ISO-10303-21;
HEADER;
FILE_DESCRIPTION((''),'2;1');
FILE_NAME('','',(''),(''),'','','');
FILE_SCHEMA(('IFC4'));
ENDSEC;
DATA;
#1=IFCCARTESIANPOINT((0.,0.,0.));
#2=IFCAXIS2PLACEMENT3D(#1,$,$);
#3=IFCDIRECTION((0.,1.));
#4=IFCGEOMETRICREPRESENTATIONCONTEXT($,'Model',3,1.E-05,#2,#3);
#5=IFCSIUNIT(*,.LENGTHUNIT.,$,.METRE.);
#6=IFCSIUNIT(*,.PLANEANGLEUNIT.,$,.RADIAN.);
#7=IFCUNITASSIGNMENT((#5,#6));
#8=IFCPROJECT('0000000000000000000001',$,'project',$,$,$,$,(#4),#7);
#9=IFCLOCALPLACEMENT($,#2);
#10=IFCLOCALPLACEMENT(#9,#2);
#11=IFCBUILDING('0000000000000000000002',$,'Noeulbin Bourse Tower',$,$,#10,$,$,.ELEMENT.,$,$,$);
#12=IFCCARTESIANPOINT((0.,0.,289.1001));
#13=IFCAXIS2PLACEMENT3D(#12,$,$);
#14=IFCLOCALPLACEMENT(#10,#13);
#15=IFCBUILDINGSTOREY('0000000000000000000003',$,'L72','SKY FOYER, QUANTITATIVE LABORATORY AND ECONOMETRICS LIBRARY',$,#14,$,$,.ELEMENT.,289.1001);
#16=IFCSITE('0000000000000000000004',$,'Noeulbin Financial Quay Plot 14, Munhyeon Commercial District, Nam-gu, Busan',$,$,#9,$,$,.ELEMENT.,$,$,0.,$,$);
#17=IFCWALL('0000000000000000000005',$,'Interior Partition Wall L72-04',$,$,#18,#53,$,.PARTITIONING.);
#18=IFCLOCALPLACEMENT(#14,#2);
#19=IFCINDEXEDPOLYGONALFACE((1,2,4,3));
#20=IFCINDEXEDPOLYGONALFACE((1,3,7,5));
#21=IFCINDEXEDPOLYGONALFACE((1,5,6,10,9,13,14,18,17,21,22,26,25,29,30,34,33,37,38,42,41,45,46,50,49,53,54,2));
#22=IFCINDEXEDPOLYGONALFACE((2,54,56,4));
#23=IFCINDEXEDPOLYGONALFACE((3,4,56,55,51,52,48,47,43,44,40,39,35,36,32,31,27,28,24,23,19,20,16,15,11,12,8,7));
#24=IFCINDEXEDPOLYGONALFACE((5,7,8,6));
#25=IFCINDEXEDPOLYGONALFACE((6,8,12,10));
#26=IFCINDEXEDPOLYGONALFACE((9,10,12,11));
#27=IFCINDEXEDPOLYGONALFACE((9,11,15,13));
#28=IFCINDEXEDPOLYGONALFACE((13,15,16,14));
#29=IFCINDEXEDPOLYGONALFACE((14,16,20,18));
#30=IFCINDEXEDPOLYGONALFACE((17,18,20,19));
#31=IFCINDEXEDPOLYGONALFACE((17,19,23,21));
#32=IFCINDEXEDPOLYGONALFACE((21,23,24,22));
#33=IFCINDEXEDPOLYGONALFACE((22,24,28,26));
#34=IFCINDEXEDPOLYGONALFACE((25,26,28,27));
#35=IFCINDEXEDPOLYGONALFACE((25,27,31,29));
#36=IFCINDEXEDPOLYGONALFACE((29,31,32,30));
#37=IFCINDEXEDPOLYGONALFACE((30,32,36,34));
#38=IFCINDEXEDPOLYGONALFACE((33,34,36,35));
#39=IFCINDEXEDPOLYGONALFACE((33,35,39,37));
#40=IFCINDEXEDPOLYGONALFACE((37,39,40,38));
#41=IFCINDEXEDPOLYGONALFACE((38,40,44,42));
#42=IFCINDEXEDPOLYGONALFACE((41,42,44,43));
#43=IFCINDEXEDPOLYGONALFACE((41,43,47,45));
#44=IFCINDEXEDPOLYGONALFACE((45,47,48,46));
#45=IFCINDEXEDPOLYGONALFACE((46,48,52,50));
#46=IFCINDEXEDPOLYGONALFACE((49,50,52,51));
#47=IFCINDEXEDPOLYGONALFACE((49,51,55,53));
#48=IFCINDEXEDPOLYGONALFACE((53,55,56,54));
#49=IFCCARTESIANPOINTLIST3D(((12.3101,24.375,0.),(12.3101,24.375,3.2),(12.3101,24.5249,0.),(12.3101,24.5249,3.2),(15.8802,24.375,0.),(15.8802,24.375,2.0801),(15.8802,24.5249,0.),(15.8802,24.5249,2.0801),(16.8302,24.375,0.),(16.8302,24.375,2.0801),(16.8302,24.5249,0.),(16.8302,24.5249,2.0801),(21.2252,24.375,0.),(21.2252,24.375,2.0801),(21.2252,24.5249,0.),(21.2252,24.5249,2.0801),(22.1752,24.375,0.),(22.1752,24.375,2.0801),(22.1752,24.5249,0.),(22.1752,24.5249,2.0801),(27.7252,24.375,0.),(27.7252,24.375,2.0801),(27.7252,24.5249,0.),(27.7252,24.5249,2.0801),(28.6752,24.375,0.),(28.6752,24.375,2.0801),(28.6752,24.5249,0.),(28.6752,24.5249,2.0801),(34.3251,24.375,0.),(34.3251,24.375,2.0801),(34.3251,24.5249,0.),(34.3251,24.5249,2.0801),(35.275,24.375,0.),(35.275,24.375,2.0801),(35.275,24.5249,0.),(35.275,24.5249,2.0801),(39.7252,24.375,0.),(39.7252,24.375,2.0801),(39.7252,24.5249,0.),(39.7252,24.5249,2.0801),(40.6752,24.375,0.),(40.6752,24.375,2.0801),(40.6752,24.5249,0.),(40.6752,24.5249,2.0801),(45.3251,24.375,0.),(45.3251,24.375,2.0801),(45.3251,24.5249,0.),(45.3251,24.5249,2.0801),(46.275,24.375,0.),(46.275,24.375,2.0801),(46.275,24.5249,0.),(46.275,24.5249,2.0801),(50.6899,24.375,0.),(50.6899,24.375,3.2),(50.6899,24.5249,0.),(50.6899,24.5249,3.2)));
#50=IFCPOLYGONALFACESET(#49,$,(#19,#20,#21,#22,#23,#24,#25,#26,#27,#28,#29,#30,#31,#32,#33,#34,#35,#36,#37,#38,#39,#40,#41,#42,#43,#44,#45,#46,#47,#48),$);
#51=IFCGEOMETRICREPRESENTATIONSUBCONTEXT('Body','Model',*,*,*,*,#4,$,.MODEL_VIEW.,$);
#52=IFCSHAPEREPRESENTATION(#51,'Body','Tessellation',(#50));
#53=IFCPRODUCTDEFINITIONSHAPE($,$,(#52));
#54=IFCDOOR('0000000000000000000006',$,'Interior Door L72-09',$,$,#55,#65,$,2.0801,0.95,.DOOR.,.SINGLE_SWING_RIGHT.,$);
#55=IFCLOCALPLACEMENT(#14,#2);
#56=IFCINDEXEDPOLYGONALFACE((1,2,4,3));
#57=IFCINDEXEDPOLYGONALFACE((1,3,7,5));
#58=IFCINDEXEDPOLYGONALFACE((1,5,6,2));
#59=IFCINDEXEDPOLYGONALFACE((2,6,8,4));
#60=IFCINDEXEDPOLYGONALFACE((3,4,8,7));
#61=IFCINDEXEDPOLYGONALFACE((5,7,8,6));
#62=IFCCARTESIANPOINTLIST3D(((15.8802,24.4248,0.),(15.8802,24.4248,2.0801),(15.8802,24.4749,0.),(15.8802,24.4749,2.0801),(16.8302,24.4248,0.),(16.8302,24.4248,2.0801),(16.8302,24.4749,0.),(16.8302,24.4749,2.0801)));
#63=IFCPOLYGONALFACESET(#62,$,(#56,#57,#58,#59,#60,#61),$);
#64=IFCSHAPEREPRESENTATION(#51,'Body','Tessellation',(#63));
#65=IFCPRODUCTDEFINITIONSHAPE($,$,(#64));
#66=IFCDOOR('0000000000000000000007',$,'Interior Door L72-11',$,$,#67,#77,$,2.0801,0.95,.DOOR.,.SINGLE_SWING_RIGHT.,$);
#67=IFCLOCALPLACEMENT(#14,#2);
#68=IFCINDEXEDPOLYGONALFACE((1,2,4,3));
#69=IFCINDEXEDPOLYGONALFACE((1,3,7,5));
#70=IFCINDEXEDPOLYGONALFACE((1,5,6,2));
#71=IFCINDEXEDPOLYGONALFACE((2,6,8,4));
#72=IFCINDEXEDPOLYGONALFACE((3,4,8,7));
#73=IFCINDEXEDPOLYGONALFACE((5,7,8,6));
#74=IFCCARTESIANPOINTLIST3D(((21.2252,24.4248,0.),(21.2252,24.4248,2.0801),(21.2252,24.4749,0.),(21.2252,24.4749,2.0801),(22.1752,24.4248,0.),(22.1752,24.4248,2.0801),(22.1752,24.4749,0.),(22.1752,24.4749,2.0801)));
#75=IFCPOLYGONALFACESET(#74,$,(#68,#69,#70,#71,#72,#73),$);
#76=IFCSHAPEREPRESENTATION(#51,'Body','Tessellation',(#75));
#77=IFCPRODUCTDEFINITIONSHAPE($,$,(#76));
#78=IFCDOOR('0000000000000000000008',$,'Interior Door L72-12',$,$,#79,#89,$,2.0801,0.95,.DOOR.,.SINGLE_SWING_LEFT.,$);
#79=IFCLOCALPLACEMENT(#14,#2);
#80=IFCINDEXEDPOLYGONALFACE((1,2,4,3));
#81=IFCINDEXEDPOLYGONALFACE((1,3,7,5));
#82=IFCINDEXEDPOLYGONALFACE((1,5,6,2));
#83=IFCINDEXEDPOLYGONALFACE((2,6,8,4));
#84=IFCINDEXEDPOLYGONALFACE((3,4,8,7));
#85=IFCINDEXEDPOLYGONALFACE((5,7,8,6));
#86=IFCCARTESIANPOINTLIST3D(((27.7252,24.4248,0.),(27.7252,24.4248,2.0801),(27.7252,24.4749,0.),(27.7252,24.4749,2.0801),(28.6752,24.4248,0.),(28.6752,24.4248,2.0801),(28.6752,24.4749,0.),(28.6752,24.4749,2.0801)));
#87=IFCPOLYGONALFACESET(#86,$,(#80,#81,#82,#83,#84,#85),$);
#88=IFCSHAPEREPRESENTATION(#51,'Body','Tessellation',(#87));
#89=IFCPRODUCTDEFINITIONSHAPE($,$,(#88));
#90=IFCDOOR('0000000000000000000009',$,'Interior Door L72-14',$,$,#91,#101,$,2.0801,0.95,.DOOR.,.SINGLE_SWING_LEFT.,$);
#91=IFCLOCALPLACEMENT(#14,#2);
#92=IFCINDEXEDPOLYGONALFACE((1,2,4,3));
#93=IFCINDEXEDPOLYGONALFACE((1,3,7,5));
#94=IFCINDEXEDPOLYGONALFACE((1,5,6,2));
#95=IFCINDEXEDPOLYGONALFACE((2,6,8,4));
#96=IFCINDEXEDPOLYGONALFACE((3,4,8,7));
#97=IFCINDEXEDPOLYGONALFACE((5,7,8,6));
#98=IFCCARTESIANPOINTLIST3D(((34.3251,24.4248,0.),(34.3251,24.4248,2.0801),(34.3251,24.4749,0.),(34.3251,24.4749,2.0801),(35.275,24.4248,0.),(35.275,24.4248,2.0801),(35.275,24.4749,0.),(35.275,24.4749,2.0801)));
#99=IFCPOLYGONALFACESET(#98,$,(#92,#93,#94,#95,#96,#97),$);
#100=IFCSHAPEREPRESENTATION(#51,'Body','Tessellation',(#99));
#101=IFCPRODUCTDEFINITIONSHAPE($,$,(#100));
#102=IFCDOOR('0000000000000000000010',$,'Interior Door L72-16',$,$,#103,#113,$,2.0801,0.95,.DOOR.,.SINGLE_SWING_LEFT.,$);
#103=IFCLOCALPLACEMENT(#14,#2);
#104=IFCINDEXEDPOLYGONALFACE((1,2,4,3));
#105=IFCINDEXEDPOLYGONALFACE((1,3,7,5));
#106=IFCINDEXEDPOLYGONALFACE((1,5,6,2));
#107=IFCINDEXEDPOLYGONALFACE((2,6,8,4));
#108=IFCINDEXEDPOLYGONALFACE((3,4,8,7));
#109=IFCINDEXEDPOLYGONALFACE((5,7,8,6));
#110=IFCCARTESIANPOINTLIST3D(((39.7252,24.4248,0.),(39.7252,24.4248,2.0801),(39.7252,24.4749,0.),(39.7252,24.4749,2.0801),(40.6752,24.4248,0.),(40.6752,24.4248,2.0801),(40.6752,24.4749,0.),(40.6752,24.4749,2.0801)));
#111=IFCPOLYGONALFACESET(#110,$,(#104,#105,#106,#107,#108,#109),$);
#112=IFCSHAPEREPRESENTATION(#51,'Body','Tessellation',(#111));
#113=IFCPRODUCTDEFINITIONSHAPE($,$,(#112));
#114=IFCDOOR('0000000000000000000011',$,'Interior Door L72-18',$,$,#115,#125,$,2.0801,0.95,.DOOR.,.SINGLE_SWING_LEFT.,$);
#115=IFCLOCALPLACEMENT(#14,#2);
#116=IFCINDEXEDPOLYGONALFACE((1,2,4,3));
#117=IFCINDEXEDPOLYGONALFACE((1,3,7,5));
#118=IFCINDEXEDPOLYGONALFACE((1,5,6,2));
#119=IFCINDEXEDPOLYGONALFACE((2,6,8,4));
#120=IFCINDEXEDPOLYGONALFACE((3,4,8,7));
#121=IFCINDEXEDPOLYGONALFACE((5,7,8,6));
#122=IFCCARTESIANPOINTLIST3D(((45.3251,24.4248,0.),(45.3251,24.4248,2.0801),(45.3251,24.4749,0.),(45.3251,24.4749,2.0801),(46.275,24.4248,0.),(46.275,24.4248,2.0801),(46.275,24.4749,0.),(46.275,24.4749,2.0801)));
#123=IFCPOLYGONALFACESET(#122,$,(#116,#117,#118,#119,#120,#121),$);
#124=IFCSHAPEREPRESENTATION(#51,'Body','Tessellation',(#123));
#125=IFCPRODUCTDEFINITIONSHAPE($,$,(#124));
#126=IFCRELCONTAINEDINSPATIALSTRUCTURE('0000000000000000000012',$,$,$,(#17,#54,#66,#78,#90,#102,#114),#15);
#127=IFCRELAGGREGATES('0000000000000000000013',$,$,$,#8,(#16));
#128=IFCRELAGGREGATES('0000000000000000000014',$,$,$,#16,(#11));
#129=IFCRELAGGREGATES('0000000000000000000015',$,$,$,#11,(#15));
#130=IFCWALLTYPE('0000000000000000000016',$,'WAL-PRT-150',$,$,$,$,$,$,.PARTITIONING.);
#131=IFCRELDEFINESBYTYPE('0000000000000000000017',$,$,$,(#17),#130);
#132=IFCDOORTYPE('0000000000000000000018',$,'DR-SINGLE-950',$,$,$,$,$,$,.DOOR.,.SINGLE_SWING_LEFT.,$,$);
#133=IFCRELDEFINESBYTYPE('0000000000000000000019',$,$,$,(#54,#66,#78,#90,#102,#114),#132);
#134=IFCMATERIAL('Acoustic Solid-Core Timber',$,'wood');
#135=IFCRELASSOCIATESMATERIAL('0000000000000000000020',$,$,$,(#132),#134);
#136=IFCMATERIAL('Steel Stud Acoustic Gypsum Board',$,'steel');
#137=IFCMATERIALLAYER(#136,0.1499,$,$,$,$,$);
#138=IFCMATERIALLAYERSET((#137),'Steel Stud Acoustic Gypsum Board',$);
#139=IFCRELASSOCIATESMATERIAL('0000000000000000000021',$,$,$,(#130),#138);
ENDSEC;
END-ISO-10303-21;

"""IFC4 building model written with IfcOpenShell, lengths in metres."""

from ifc_helpers import new_model, si_unit, direction, frame, frame_2d, origin, place, context, subcontext, project, spatial, rectangle, extrude, material, layer, layer_set, type_object, element, fill, save


model = new_model("IFC4")

# Units and contexts
model_context = context("Model", 3, precision=1e-05, world=origin(), true_north=direction((0.0, 1.0)))
body_context = subcontext(model_context, "Body", "Model", "MODEL_VIEW")
ifc_project = project(units=[si_unit("LENGTHUNIT", "METRE"), si_unit("PLANEANGLEUNIT", "RADIAN")], contexts=[model_context])

# Site, building, storey
site_placement = place(None, origin())
site = spatial("IfcSite", under=ifc_project, at=site_placement, Name="Noeulbin Financial Quay Plot 14, Munhyeon Commercial District, Nam-gu, Busan", CompositionType="ELEMENT", RefElevation=0.0)
building_placement = place(site_placement, origin())
building = spatial("IfcBuilding", under=site, at=building_placement, Name="Noeulbin Bourse Tower", CompositionType="ELEMENT")
storey_placement = place(building_placement, frame((0.0, 0.0, 289.1001)))
storey = spatial("IfcBuildingStorey", under=building, at=storey_placement, Name="L72", Description="SKY FOYER, QUANTITATIVE LABORATORY AND ECONOMETRICS LIBRARY", CompositionType="ELEMENT", Elevation=289.1001)

# Shared definitions
ifc_material_1 = material(Name="Acoustic Solid-Core Timber", Category="wood")
door_type_1 = type_object("IfcDoorType", Name="DR-SINGLE-950", OperationType="SINGLE_SWING_LEFT", PredefinedType="DOOR", material=ifc_material_1)

# Wall, openings, doors
ifc_material_2 = material(Name="Steel Stud Acoustic Gypsum Board", Category="steel")
ifc_layer_1 = layer(ifc_material_2, 0.1499)
ifc_layer_set_1 = layer_set([ifc_layer_1], Name="Steel Stud Acoustic Gypsum Board")
wall_type_1 = type_object("IfcWallType", Name="WAL-PRT-150", PredefinedType="PARTITIONING", material=ifc_layer_set_1)
wall_1_placement = place(storey_placement, frame((12.3101, 24.45, 0.0), z_axis=(0.0, 0.0, 1.0), x_axis=(1.0, 0.0, 0.0)))
wall_1 = element("IfcWall", 1, at=wall_1_placement, inside=storey, type_object=wall_type_1, Name="Interior Partition Wall L72-04", PredefinedType="PARTITIONING", context=body_context, shape_type="SweptSolid", body=[
    extrude(rectangle(XDim=38.3799, YDim=0.1499, at=frame_2d((19.1899, 0.0))), origin(), (0.0, 0.0, 1.0), 3.2),
])
opening_1_placement = place(wall_1_placement, frame((3.5701, 0.0, 0.0)))
opening_1 = element("IfcOpeningElement", 2, at=opening_1_placement, cuts=wall_1, PredefinedType="OPENING", context=body_context, shape_type="SweptSolid", body=[
    extrude(rectangle(XDim=0.95, YDim=2.0801, at=frame_2d((0.4751, 1.04))), frame((0.0, 0.085, 0.0), z_axis=(0.0, -1.0, 0.0), x_axis=(1.0, 0.0, 0.0)), (0.0, 0.0, 1.0), 0.1699),
])
opening_2_placement = place(wall_1_placement, frame((8.915, 0.0, 0.0)))
opening_2 = element("IfcOpeningElement", 3, at=opening_2_placement, cuts=wall_1, PredefinedType="OPENING", context=body_context, shape_type="SweptSolid", body=[
    extrude(rectangle(XDim=0.95, YDim=2.0801, at=frame_2d((0.4751, 1.04))), frame((0.0, 0.085, 0.0), z_axis=(0.0, -1.0, 0.0), x_axis=(1.0, 0.0, 0.0)), (0.0, 0.0, 1.0), 0.1699),
])
opening_3_placement = place(wall_1_placement, frame((15.415, 0.0, 0.0)))
opening_3 = element("IfcOpeningElement", 4, at=opening_3_placement, cuts=wall_1, PredefinedType="OPENING", context=body_context, shape_type="SweptSolid", body=[
    extrude(rectangle(XDim=0.95, YDim=2.0801, at=frame_2d((0.4751, 1.04))), frame((0.0, 0.085, 0.0), z_axis=(0.0, -1.0, 0.0), x_axis=(1.0, 0.0, 0.0)), (0.0, 0.0, 1.0), 0.1699),
])
opening_4_placement = place(wall_1_placement, frame((22.0149, 0.0, 0.0)))
opening_4 = element("IfcOpeningElement", 5, at=opening_4_placement, cuts=wall_1, PredefinedType="OPENING", context=body_context, shape_type="SweptSolid", body=[
    extrude(rectangle(XDim=0.95, YDim=2.0801, at=frame_2d((0.4751, 1.04))), frame((0.0, 0.085, 0.0), z_axis=(0.0, -1.0, 0.0), x_axis=(1.0, 0.0, 0.0)), (0.0, 0.0, 1.0), 0.1699),
])
opening_5_placement = place(wall_1_placement, frame((27.415, 0.0, 0.0)))
opening_5 = element("IfcOpeningElement", 6, at=opening_5_placement, cuts=wall_1, PredefinedType="OPENING", context=body_context, shape_type="SweptSolid", body=[
    extrude(rectangle(XDim=0.95, YDim=2.0801, at=frame_2d((0.4751, 1.04))), frame((0.0, 0.085, 0.0), z_axis=(0.0, -1.0, 0.0), x_axis=(1.0, 0.0, 0.0)), (0.0, 0.0, 1.0), 0.1699),
])
opening_6_placement = place(wall_1_placement, frame((33.0149, 0.0, 0.0)))
opening_6 = element("IfcOpeningElement", 7, at=opening_6_placement, cuts=wall_1, PredefinedType="OPENING", context=body_context, shape_type="SweptSolid", body=[
    extrude(rectangle(XDim=0.95, YDim=2.0801, at=frame_2d((0.4751, 1.04))), frame((0.0, 0.085, 0.0), z_axis=(0.0, -1.0, 0.0), x_axis=(1.0, 0.0, 0.0)), (0.0, 0.0, 1.0), 0.1699),
])
door_1_placement = place(opening_1_placement, origin())
door_1 = element("IfcDoor", 8, at=door_1_placement, inside=storey, type_object=door_type_1, Name="Interior Door L72-09", OperationType="SINGLE_SWING_RIGHT", OverallHeight=2.0801, OverallWidth=0.95, PredefinedType="DOOR", context=body_context, shape_type="SweptSolid", body=[
    extrude(rectangle(XDim=0.95, YDim=2.0801, at=frame_2d((0.4751, 1.04))), frame((0.0, 0.0249, 0.0), z_axis=(0.0, -1.0, 0.0), x_axis=(1.0, 0.0, 0.0)), (0.0, 0.0, 1.0), 0.05),
])
fill(opening_1, door_1)
door_2_placement = place(opening_2_placement, origin())
door_2 = element("IfcDoor", 9, at=door_2_placement, inside=storey, type_object=door_type_1, Name="Interior Door L72-11", OperationType="SINGLE_SWING_RIGHT", OverallHeight=2.0801, OverallWidth=0.95, PredefinedType="DOOR", context=body_context, shape_type="SweptSolid", body=[
    extrude(rectangle(XDim=0.95, YDim=2.0801, at=frame_2d((0.4751, 1.04))), frame((0.0, 0.0249, 0.0), z_axis=(0.0, -1.0, 0.0), x_axis=(1.0, 0.0, 0.0)), (0.0, 0.0, 1.0), 0.05),
])
fill(opening_2, door_2)
door_3_placement = place(opening_3_placement, origin())
door_3 = element("IfcDoor", 10, at=door_3_placement, inside=storey, type_object=door_type_1, Name="Interior Door L72-12", OperationType="SINGLE_SWING_LEFT", OverallHeight=2.0801, OverallWidth=0.95, PredefinedType="DOOR", context=body_context, shape_type="SweptSolid", body=[
    extrude(rectangle(XDim=0.95, YDim=2.0801, at=frame_2d((0.4751, 1.04))), frame((0.0, 0.0249, 0.0), z_axis=(0.0, -1.0, 0.0), x_axis=(1.0, 0.0, 0.0)), (0.0, 0.0, 1.0), 0.05),
])
fill(opening_3, door_3)
door_4_placement = place(opening_4_placement, origin())
door_4 = element("IfcDoor", 11, at=door_4_placement, inside=storey, type_object=door_type_1, Name="Interior Door L72-14", OperationType="SINGLE_SWING_LEFT", OverallHeight=2.0801, OverallWidth=0.95, PredefinedType="DOOR", context=body_context, shape_type="SweptSolid", body=[
    extrude(rectangle(XDim=0.95, YDim=2.0801, at=frame_2d((0.4751, 1.04))), frame((0.0, 0.0249, 0.0), z_axis=(0.0, -1.0, 0.0), x_axis=(1.0, 0.0, 0.0)), (0.0, 0.0, 1.0), 0.05),
])
fill(opening_4, door_4)
door_5_placement = place(opening_5_placement, origin())
door_5 = element("IfcDoor", 12, at=door_5_placement, inside=storey, type_object=door_type_1, Name="Interior Door L72-16", OperationType="SINGLE_SWING_LEFT", OverallHeight=2.0801, OverallWidth=0.95, PredefinedType="DOOR", context=body_context, shape_type="SweptSolid", body=[
    extrude(rectangle(XDim=0.95, YDim=2.0801, at=frame_2d((0.4751, 1.04))), frame((0.0, 0.0249, 0.0), z_axis=(0.0, -1.0, 0.0), x_axis=(1.0, 0.0, 0.0)), (0.0, 0.0, 1.0), 0.05),
])
fill(opening_5, door_5)
door_6_placement = place(opening_6_placement, origin())
door_6 = element("IfcDoor", 13, at=door_6_placement, inside=storey, type_object=door_type_1, Name="Interior Door L72-18", OperationType="SINGLE_SWING_LEFT", OverallHeight=2.0801, OverallWidth=0.95, PredefinedType="DOOR", context=body_context, shape_type="SweptSolid", body=[
    extrude(rectangle(XDim=0.95, YDim=2.0801, at=frame_2d((0.4751, 1.04))), frame((0.0, 0.0249, 0.0), z_axis=(0.0, -1.0, 0.0), x_axis=(1.0, 0.0, 0.0)), (0.0, 0.0, 1.0), 0.05),
])
fill(opening_6, door_6)

save(model, "model.ifc")
